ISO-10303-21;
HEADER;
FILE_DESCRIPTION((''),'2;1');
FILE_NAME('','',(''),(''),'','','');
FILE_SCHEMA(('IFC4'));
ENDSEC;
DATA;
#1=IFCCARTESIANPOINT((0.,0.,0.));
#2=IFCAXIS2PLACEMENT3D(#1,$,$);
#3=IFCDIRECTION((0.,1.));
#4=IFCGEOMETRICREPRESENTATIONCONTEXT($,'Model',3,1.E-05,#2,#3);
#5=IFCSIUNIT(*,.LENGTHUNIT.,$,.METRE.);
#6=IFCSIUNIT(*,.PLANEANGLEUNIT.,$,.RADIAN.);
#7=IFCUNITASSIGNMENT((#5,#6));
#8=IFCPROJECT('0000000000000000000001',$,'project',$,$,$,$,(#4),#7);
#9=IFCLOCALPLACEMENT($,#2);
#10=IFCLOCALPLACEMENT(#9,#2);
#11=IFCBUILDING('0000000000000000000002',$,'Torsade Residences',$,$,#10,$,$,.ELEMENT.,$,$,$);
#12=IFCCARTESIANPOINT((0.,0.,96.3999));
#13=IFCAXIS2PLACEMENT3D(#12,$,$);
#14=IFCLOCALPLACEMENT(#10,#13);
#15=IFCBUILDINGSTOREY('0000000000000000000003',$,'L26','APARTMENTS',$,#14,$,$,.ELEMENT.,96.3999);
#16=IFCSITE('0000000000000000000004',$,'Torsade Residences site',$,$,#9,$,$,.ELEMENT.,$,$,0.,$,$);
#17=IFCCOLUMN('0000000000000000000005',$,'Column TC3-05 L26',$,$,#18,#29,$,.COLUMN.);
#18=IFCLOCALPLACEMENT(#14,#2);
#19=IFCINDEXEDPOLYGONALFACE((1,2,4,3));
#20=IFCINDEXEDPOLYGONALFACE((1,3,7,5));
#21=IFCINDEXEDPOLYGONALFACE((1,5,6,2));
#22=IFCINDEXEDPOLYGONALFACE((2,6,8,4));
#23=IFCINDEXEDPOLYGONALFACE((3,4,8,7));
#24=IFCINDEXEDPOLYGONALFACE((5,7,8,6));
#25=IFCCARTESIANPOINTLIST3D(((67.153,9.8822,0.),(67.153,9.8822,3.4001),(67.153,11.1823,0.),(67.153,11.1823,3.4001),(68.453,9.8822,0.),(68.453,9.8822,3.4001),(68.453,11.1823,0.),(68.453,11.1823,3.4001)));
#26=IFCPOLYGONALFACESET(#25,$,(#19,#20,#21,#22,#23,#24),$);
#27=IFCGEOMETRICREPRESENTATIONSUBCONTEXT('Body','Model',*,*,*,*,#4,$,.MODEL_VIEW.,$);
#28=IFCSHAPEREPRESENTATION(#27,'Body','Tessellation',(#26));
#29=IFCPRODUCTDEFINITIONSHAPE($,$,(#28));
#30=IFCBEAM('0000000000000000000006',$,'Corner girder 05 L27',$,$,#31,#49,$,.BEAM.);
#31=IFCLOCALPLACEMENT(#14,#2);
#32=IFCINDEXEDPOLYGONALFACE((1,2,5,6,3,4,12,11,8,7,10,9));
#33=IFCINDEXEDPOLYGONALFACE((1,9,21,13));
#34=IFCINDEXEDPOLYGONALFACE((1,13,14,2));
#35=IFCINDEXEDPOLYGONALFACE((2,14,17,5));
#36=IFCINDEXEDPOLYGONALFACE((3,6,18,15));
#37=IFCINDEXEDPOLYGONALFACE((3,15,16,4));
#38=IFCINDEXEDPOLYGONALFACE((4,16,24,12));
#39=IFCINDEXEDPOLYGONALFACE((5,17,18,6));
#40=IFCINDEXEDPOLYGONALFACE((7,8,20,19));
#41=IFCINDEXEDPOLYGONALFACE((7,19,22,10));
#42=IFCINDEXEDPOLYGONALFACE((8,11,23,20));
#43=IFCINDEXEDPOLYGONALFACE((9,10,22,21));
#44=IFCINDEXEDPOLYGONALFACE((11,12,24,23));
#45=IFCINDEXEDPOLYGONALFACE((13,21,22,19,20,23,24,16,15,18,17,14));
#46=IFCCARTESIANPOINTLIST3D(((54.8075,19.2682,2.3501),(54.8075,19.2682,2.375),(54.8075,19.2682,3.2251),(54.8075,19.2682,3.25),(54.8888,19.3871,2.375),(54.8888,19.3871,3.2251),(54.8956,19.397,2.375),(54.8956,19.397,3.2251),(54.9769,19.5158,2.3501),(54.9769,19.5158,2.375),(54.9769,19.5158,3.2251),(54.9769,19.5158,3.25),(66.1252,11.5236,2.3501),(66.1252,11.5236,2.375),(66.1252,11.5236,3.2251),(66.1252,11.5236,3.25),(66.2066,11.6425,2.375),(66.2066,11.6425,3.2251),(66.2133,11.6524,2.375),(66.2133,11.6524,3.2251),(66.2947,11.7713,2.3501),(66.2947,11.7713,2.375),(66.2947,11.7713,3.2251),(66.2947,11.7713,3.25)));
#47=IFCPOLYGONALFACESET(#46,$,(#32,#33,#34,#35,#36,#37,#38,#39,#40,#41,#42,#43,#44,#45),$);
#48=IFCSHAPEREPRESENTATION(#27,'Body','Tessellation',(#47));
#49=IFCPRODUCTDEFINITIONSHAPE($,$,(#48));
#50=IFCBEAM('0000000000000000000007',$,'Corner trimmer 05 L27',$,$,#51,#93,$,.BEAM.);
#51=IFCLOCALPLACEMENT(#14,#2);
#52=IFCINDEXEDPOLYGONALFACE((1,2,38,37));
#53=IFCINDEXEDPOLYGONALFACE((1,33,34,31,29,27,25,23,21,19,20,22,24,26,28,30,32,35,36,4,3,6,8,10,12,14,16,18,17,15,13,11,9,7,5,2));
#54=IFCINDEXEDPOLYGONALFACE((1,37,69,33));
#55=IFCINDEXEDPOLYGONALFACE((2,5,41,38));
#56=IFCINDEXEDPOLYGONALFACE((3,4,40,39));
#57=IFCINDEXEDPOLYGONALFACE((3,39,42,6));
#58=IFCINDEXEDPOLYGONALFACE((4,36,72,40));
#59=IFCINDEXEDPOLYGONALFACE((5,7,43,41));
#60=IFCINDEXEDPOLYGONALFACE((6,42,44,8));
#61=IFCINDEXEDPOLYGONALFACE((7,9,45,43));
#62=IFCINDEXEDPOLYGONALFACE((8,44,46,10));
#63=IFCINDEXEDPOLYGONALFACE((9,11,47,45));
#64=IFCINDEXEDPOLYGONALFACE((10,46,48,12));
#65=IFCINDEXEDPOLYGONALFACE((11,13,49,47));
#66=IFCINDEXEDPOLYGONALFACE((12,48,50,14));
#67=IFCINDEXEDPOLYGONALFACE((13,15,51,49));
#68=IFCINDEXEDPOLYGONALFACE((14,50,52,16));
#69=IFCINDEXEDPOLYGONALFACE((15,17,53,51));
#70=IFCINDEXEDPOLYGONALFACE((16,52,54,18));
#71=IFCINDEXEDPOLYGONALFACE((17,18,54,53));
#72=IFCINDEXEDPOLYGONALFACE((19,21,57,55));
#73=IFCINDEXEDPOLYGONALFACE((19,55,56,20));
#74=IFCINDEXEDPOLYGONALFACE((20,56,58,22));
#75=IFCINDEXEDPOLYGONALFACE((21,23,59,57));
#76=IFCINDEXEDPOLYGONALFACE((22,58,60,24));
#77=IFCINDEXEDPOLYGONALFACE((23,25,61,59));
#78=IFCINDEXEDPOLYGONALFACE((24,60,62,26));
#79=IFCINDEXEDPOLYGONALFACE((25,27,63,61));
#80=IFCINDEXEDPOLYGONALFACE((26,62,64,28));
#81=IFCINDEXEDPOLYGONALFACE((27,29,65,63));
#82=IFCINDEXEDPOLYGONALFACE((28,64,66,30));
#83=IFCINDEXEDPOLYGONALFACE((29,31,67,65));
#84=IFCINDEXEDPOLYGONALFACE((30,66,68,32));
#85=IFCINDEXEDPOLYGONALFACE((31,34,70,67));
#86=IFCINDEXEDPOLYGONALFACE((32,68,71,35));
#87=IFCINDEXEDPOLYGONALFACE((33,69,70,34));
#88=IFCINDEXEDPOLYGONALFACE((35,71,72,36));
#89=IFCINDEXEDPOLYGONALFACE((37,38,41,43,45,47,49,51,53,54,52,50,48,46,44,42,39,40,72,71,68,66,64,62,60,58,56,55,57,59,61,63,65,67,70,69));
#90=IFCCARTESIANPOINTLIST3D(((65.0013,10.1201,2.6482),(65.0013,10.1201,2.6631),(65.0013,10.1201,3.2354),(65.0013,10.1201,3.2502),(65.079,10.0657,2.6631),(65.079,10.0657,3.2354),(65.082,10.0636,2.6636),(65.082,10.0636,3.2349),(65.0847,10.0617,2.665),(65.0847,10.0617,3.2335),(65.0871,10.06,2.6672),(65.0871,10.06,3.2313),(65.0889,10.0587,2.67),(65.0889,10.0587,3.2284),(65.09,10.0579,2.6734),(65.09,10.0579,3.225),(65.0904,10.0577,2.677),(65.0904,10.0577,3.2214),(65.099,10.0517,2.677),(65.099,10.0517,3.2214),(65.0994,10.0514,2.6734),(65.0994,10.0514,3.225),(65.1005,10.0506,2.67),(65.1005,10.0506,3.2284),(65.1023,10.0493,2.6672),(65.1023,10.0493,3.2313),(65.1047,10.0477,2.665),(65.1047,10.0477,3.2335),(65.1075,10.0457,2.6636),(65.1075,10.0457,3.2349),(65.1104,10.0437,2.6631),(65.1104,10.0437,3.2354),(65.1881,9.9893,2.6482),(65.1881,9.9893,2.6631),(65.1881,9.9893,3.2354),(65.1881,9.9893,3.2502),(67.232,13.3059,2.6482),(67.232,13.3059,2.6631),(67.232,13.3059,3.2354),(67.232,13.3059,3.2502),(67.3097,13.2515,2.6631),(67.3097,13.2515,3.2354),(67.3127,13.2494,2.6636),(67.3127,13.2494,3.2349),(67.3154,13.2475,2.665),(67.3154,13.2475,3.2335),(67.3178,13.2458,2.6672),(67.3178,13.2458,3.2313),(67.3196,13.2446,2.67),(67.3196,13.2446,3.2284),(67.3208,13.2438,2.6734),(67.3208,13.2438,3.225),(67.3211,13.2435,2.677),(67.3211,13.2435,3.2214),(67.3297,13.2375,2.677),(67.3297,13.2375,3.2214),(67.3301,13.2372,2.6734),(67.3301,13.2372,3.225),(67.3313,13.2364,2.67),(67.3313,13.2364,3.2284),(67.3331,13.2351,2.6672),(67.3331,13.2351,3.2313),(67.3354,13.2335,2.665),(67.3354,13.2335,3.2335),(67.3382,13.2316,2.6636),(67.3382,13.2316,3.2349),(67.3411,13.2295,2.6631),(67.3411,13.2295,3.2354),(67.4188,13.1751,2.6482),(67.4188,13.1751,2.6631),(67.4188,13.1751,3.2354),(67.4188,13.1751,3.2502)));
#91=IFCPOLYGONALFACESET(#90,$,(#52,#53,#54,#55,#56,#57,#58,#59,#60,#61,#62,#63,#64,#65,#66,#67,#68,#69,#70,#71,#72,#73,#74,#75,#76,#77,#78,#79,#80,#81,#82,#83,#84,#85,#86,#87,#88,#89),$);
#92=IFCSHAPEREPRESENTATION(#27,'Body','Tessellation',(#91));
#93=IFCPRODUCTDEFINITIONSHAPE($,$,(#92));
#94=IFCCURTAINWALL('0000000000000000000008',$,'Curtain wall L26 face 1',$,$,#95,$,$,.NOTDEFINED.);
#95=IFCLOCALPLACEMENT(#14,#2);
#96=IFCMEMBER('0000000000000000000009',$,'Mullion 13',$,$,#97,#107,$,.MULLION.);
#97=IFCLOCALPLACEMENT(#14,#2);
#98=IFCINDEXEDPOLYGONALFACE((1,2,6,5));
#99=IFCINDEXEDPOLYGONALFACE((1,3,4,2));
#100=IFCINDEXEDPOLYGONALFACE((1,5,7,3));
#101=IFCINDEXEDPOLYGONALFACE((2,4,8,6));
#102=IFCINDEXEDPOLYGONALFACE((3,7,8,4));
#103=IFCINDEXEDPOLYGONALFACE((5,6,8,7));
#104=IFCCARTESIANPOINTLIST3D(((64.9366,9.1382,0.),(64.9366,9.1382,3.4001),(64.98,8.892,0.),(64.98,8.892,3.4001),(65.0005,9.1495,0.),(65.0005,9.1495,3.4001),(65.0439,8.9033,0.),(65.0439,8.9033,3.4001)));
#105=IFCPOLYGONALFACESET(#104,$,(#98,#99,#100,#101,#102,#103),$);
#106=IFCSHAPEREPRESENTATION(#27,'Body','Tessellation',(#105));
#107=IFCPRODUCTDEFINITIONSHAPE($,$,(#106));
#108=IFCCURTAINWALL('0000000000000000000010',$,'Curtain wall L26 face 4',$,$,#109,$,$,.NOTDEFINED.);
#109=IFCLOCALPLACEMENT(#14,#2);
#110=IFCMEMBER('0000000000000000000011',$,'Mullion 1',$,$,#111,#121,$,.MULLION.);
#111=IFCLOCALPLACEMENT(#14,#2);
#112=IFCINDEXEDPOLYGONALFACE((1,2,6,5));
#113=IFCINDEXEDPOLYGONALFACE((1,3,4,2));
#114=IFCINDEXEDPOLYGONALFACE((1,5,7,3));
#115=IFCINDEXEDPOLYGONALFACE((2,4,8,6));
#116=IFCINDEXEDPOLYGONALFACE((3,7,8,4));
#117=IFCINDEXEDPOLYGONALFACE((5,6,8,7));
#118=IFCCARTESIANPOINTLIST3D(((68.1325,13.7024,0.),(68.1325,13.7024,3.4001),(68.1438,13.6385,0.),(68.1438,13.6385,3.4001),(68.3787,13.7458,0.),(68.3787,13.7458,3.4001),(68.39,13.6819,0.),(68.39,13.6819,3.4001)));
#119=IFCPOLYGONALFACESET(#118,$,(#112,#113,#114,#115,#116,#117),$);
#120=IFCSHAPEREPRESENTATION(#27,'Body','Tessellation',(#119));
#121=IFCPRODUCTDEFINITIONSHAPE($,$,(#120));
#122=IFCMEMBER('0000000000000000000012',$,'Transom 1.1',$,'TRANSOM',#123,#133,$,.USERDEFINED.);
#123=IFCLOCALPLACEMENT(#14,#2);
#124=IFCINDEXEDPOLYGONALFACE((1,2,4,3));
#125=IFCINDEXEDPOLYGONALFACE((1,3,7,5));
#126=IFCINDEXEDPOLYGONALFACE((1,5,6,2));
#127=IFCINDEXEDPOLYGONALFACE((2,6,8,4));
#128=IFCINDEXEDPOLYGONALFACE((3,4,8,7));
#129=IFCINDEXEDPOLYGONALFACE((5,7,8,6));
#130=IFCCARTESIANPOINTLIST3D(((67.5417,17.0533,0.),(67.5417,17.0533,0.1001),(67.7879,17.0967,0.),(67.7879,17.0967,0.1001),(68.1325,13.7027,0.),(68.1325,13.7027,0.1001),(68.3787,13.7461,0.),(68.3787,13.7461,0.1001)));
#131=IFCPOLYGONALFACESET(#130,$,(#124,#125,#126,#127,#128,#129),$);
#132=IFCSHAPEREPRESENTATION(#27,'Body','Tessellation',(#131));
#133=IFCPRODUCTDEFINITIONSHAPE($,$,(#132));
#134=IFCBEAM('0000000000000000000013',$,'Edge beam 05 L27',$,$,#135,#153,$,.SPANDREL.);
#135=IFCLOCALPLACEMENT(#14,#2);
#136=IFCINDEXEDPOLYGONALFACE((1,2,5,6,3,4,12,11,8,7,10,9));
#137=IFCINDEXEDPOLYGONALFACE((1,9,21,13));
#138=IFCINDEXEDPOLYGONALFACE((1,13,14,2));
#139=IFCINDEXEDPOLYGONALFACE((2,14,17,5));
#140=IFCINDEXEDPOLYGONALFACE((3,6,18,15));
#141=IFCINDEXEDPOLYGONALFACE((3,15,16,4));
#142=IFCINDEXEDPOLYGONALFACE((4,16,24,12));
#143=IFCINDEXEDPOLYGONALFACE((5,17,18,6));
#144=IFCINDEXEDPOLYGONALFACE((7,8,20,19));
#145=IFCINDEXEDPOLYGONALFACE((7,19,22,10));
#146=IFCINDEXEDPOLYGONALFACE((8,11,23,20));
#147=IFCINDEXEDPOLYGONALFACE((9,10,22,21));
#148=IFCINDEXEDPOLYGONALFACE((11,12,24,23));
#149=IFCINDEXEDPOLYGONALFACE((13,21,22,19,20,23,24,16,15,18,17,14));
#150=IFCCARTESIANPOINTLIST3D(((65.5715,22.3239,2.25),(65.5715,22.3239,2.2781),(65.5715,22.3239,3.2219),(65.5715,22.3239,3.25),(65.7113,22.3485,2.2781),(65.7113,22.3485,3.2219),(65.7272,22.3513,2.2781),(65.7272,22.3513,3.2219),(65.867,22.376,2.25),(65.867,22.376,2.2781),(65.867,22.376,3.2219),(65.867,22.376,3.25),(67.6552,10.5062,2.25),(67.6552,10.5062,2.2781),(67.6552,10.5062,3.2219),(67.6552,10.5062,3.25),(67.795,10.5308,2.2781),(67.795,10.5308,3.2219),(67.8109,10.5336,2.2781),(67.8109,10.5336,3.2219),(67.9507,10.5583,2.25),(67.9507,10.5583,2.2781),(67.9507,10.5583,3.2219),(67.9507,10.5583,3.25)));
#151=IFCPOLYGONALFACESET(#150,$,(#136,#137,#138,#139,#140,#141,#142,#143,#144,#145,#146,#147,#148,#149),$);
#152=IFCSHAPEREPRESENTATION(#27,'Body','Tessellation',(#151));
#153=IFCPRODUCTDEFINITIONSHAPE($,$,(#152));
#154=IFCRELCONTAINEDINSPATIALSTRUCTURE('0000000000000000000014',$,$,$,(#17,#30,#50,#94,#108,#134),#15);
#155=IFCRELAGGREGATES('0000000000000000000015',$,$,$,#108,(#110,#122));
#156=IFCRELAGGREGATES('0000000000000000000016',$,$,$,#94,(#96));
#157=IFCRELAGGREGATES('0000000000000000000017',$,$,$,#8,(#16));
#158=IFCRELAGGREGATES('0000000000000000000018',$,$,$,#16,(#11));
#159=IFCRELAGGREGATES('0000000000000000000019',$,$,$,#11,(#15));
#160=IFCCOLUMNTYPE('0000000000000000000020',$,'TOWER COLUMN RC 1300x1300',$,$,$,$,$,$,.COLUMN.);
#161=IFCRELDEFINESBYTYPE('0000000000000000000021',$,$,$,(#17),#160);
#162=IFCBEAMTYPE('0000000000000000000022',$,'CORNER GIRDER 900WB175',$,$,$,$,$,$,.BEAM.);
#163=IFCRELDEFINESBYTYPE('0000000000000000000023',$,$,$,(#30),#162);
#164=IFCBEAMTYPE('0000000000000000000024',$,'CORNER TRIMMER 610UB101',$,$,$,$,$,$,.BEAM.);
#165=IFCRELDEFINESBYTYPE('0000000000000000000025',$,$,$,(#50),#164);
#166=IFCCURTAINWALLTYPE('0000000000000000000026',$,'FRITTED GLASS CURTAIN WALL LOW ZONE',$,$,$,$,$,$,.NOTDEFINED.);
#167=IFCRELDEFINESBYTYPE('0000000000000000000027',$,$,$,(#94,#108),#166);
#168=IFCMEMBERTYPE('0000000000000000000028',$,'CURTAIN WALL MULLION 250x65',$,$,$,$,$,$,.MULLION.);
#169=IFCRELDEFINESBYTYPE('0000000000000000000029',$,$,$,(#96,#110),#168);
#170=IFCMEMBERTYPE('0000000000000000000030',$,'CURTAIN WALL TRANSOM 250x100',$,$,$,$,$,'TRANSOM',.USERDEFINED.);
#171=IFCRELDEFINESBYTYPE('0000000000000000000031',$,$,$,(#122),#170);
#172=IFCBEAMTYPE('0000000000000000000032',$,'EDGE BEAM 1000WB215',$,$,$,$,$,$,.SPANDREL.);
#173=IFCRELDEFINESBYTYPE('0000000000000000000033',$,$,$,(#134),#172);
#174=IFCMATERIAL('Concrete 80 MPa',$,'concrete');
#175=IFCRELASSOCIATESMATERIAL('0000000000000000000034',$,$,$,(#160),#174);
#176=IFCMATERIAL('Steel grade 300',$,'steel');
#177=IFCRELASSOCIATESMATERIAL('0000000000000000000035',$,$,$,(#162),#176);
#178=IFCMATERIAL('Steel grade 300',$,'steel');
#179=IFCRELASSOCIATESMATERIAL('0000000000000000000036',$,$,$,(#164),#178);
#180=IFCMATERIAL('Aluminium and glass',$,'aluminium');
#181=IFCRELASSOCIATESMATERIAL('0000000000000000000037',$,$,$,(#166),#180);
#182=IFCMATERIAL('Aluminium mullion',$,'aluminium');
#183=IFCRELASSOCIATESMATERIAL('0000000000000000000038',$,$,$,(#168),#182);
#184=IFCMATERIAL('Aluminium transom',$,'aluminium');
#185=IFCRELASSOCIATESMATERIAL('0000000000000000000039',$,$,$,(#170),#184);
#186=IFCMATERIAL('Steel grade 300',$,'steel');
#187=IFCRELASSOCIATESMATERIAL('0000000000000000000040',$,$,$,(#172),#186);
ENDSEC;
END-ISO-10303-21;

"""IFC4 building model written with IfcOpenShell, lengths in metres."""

from ifc_helpers import new_model, si_unit, direction, frame, origin, origin_2d, place, context, subcontext, project, spatial, rectangle, i_section, extrude, material, material_profile, profile_set, type_object, element, aggregate, save


model = new_model("IFC4")

# Units and contexts
model_context = context("Model", 3, precision=1e-05, world=origin(), true_north=direction((0.0, 1.0)))
body_context = subcontext(model_context, "Body", "Model", "MODEL_VIEW")
ifc_project = project(units=[si_unit("LENGTHUNIT", "METRE"), si_unit("PLANEANGLEUNIT", "RADIAN")], contexts=[model_context])

# Site, building, storey
site_placement = place(None, origin())
site = spatial("IfcSite", under=ifc_project, at=site_placement, Name="Torsade Residences site", CompositionType="ELEMENT", RefElevation=0.0)
building_placement = place(site_placement, origin())
building = spatial("IfcBuilding", under=site, at=building_placement, Name="Torsade Residences", CompositionType="ELEMENT")
storey_placement = place(building_placement, frame((0.0, 0.0, 96.3999)))
storey = spatial("IfcBuildingStorey", under=building, at=storey_placement, Name="L26", Description="APARTMENTS", CompositionType="ELEMENT", Elevation=96.3999)

# Column
ifc_material_1 = material(Name="Concrete 80 MPa", Category="concrete")
ifc_material_profile_1 = material_profile(ifc_material_1, rectangle(XDim=1.3, YDim=1.3, at=origin_2d()), Name="RC 1300x1300")
ifc_profile_set_1 = profile_set([ifc_material_profile_1], Name="Concrete 80 MPa")
column_type = type_object("IfcColumnType", Name="TOWER COLUMN RC 1300x1300", PredefinedType="COLUMN", material=ifc_profile_set_1)
column_placement = place(storey_placement, frame((67.803, 10.5322, 0.0), z_axis=(0.0, 0.0, 1.0), x_axis=(1.0, 0.0, 0.0)))
element("IfcColumn", 1, at=column_placement, inside=storey, type_object=column_type, Name="Column TC3-05 L26", PredefinedType="COLUMN", context=body_context, shape_type="SweptSolid", body=[
    extrude(rectangle(XDim=1.3, YDim=1.3, at=origin_2d()), origin(), (0.0, 0.0, 1.0), 3.4001),
])

# Beams
ifc_material_2 = material(Name="Steel grade 300", Category="steel")
ifc_material_profile_2 = material_profile(ifc_material_2, i_section(OverallWidth=0.3, OverallDepth=0.8999, WebThickness=0.012, FlangeThickness=0.0249, at=origin_2d()), Name="900WB175")
ifc_profile_set_2 = profile_set([ifc_material_profile_2], Name="Steel grade 300")
beam_type_1 = type_object("IfcBeamType", Name="CORNER GIRDER 900WB175", PredefinedType="BEAM", material=ifc_profile_set_2)
beam_1_placement = place(storey_placement, frame((66.21, 11.6475, 2.8), z_axis=(-0.825279, 0.564725, 0.0), x_axis=(-0.564725, -0.825279, 0.0)))
element("IfcBeam", 2, at=beam_1_placement, inside=storey, type_object=beam_type_1, Name="Corner girder 05 L27", PredefinedType="BEAM", context=body_context, shape_type="SweptSolid", body=[
    extrude(i_section(OverallWidth=0.3, OverallDepth=0.8999, WebThickness=0.012, FlangeThickness=0.0249, at=origin_2d()), origin(), (0.0, 0.0, 1.0), 13.7139),
])
ifc_material_3 = material(Name="Steel grade 300", Category="steel")
ifc_material_profile_3 = material_profile(ifc_material_3, i_section(OverallWidth=0.228, OverallDepth=0.6021, WebThickness=0.0105, FlangeThickness=0.0149, FilletRadius=0.0139, at=origin_2d()), Name="610UB101")
ifc_profile_set_3 = profile_set([ifc_material_profile_3], Name="Steel grade 300")
beam_type_2 = type_object("IfcBeamType", Name="CORNER TRIMMER 610UB101", PredefinedType="BEAM", material=ifc_profile_set_3)
beam_2_placement = place(storey_placement, frame((67.3254, 13.2405, 2.9492), z_axis=(-0.573576, -0.819152, 0.0), x_axis=(0.819152, -0.573576, 0.0)))
element("IfcBeam", 3, at=beam_2_placement, inside=storey, type_object=beam_type_2, Name="Corner trimmer 05 L27", PredefinedType="BEAM", context=body_context, shape_type="SweptSolid", body=[
    extrude(i_section(OverallWidth=0.228, OverallDepth=0.6021, WebThickness=0.0105, FlangeThickness=0.0149, FilletRadius=0.0139, at=origin_2d()), origin(), (0.0, 0.0, 1.0), 3.8892),
])

# Curtain wall, member
ifc_material_4 = material(Name="Aluminium and glass", Category="aluminium")
curtain_wall_type = type_object("IfcCurtainWallType", Name="FRITTED GLASS CURTAIN WALL LOW ZONE", PredefinedType="NOTDEFINED", material=ifc_material_4)
curtain_wall_1_placement = place(storey_placement, origin())
curtain_wall_1 = element("IfcCurtainWall", 4, at=curtain_wall_1_placement, inside=storey, type_object=curtain_wall_type, Name="Curtain wall L26 face 1", PredefinedType="NOTDEFINED")
ifc_material_5 = material(Name="Aluminium mullion", Category="aluminium")
ifc_material_profile_4 = material_profile(ifc_material_5, rectangle(XDim=0.25, YDim=0.0649, at=origin_2d()), Name="CURTAIN WALL MULLION 250x65")
ifc_profile_set_4 = profile_set([ifc_material_profile_4], Name="Aluminium mullion")
member_type_1 = type_object("IfcMemberType", Name="CURTAIN WALL MULLION 250x65", PredefinedType="MULLION", material=ifc_profile_set_4)
member_1_placement = place(storey_placement, frame((64.9902, 9.0208, 0.0), z_axis=(0.0, 0.0, 1.0), x_axis=(-0.173648, 0.984808, 0.0)))
member_1 = element("IfcMember", 5, at=member_1_placement, type_object=member_type_1, Name="Mullion 13", PredefinedType="MULLION", context=body_context, shape_type="SweptSolid", body=[
    extrude(rectangle(XDim=0.25, YDim=0.0649, at=origin_2d()), origin(), (0.0, 0.0, 1.0), 3.4001),
])

# Curtain wall, members
curtain_wall_2_placement = place(storey_placement, origin())
curtain_wall_2 = element("IfcCurtainWall", 6, at=curtain_wall_2_placement, inside=storey, type_object=curtain_wall_type, Name="Curtain wall L26 face 4", PredefinedType="NOTDEFINED")
member_2_placement = place(storey_placement, frame((68.2612, 13.6921, 0.0), z_axis=(0.0, 0.0, 1.0), x_axis=(-0.984808, -0.173648, 0.0)))
member_2 = element("IfcMember", 7, at=member_2_placement, type_object=member_type_1, Name="Mullion 1", PredefinedType="MULLION", context=body_context, shape_type="SweptSolid", body=[
    extrude(rectangle(XDim=0.25, YDim=0.0649, at=origin_2d()), origin(), (0.0, 0.0, 1.0), 3.4001),
])
ifc_material_6 = material(Name="Aluminium transom", Category="aluminium")
ifc_material_profile_5 = material_profile(ifc_material_6, rectangle(XDim=0.25, YDim=0.1001, at=origin_2d()), Name="CURTAIN WALL TRANSOM 250x100")
ifc_profile_set_5 = profile_set([ifc_material_profile_5], Name="Aluminium transom")
member_type_2 = type_object("IfcMemberType", Name="CURTAIN WALL TRANSOM 250x100", ElementType="TRANSOM", PredefinedType="USERDEFINED", material=ifc_profile_set_5)
member_3_placement = place(storey_placement, frame((68.2556, 13.7244, 0.05), z_axis=(-0.173654, 0.984807, 0.0), x_axis=(-0.984807, -0.173654, 0.0)))
member_3 = element("IfcMember", 8, at=member_3_placement, type_object=member_type_2, Name="Transom 1.1", ObjectType="TRANSOM", PredefinedType="USERDEFINED", context=body_context, shape_type="SweptSolid", body=[
    extrude(rectangle(XDim=0.25, YDim=0.1001, at=origin_2d()), origin(), (0.0, 0.0, 1.0), 3.4023),
])
aggregate(curtain_wall_2, [member_2, member_3])

# Beam
ifc_material_7 = material(Name="Steel grade 300", Category="steel")
ifc_material_profile_6 = material_profile(ifc_material_7, i_section(OverallWidth=0.3, OverallDepth=1.0, WebThickness=0.0161, FlangeThickness=0.0281, at=origin_2d()), Name="1000WB215")
ifc_profile_set_6 = profile_set([ifc_material_profile_6], Name="Steel grade 300")
beam_type_3 = type_object("IfcBeamType", Name="EDGE BEAM 1000WB215", PredefinedType="SPANDREL", material=ifc_profile_set_6)
beam_3_placement = place(storey_placement, frame((67.803, 10.5322, 2.75), z_axis=(-0.173646, 0.984808, 0.0), x_axis=(-0.984808, -0.173646, 0.0)))
element("IfcBeam", 9, at=beam_3_placement, inside=storey, type_object=beam_type_3, Name="Edge beam 05 L27", PredefinedType="SPANDREL", context=body_context, shape_type="SweptSolid", body=[
    extrude(i_section(OverallWidth=0.3, OverallDepth=1.0, WebThickness=0.0161, FlangeThickness=0.0281, at=origin_2d()), origin(), (0.0, 0.0, 1.0), 12.0),
])

aggregate(curtain_wall_1, [member_1])

save(model, "model.ifc")
